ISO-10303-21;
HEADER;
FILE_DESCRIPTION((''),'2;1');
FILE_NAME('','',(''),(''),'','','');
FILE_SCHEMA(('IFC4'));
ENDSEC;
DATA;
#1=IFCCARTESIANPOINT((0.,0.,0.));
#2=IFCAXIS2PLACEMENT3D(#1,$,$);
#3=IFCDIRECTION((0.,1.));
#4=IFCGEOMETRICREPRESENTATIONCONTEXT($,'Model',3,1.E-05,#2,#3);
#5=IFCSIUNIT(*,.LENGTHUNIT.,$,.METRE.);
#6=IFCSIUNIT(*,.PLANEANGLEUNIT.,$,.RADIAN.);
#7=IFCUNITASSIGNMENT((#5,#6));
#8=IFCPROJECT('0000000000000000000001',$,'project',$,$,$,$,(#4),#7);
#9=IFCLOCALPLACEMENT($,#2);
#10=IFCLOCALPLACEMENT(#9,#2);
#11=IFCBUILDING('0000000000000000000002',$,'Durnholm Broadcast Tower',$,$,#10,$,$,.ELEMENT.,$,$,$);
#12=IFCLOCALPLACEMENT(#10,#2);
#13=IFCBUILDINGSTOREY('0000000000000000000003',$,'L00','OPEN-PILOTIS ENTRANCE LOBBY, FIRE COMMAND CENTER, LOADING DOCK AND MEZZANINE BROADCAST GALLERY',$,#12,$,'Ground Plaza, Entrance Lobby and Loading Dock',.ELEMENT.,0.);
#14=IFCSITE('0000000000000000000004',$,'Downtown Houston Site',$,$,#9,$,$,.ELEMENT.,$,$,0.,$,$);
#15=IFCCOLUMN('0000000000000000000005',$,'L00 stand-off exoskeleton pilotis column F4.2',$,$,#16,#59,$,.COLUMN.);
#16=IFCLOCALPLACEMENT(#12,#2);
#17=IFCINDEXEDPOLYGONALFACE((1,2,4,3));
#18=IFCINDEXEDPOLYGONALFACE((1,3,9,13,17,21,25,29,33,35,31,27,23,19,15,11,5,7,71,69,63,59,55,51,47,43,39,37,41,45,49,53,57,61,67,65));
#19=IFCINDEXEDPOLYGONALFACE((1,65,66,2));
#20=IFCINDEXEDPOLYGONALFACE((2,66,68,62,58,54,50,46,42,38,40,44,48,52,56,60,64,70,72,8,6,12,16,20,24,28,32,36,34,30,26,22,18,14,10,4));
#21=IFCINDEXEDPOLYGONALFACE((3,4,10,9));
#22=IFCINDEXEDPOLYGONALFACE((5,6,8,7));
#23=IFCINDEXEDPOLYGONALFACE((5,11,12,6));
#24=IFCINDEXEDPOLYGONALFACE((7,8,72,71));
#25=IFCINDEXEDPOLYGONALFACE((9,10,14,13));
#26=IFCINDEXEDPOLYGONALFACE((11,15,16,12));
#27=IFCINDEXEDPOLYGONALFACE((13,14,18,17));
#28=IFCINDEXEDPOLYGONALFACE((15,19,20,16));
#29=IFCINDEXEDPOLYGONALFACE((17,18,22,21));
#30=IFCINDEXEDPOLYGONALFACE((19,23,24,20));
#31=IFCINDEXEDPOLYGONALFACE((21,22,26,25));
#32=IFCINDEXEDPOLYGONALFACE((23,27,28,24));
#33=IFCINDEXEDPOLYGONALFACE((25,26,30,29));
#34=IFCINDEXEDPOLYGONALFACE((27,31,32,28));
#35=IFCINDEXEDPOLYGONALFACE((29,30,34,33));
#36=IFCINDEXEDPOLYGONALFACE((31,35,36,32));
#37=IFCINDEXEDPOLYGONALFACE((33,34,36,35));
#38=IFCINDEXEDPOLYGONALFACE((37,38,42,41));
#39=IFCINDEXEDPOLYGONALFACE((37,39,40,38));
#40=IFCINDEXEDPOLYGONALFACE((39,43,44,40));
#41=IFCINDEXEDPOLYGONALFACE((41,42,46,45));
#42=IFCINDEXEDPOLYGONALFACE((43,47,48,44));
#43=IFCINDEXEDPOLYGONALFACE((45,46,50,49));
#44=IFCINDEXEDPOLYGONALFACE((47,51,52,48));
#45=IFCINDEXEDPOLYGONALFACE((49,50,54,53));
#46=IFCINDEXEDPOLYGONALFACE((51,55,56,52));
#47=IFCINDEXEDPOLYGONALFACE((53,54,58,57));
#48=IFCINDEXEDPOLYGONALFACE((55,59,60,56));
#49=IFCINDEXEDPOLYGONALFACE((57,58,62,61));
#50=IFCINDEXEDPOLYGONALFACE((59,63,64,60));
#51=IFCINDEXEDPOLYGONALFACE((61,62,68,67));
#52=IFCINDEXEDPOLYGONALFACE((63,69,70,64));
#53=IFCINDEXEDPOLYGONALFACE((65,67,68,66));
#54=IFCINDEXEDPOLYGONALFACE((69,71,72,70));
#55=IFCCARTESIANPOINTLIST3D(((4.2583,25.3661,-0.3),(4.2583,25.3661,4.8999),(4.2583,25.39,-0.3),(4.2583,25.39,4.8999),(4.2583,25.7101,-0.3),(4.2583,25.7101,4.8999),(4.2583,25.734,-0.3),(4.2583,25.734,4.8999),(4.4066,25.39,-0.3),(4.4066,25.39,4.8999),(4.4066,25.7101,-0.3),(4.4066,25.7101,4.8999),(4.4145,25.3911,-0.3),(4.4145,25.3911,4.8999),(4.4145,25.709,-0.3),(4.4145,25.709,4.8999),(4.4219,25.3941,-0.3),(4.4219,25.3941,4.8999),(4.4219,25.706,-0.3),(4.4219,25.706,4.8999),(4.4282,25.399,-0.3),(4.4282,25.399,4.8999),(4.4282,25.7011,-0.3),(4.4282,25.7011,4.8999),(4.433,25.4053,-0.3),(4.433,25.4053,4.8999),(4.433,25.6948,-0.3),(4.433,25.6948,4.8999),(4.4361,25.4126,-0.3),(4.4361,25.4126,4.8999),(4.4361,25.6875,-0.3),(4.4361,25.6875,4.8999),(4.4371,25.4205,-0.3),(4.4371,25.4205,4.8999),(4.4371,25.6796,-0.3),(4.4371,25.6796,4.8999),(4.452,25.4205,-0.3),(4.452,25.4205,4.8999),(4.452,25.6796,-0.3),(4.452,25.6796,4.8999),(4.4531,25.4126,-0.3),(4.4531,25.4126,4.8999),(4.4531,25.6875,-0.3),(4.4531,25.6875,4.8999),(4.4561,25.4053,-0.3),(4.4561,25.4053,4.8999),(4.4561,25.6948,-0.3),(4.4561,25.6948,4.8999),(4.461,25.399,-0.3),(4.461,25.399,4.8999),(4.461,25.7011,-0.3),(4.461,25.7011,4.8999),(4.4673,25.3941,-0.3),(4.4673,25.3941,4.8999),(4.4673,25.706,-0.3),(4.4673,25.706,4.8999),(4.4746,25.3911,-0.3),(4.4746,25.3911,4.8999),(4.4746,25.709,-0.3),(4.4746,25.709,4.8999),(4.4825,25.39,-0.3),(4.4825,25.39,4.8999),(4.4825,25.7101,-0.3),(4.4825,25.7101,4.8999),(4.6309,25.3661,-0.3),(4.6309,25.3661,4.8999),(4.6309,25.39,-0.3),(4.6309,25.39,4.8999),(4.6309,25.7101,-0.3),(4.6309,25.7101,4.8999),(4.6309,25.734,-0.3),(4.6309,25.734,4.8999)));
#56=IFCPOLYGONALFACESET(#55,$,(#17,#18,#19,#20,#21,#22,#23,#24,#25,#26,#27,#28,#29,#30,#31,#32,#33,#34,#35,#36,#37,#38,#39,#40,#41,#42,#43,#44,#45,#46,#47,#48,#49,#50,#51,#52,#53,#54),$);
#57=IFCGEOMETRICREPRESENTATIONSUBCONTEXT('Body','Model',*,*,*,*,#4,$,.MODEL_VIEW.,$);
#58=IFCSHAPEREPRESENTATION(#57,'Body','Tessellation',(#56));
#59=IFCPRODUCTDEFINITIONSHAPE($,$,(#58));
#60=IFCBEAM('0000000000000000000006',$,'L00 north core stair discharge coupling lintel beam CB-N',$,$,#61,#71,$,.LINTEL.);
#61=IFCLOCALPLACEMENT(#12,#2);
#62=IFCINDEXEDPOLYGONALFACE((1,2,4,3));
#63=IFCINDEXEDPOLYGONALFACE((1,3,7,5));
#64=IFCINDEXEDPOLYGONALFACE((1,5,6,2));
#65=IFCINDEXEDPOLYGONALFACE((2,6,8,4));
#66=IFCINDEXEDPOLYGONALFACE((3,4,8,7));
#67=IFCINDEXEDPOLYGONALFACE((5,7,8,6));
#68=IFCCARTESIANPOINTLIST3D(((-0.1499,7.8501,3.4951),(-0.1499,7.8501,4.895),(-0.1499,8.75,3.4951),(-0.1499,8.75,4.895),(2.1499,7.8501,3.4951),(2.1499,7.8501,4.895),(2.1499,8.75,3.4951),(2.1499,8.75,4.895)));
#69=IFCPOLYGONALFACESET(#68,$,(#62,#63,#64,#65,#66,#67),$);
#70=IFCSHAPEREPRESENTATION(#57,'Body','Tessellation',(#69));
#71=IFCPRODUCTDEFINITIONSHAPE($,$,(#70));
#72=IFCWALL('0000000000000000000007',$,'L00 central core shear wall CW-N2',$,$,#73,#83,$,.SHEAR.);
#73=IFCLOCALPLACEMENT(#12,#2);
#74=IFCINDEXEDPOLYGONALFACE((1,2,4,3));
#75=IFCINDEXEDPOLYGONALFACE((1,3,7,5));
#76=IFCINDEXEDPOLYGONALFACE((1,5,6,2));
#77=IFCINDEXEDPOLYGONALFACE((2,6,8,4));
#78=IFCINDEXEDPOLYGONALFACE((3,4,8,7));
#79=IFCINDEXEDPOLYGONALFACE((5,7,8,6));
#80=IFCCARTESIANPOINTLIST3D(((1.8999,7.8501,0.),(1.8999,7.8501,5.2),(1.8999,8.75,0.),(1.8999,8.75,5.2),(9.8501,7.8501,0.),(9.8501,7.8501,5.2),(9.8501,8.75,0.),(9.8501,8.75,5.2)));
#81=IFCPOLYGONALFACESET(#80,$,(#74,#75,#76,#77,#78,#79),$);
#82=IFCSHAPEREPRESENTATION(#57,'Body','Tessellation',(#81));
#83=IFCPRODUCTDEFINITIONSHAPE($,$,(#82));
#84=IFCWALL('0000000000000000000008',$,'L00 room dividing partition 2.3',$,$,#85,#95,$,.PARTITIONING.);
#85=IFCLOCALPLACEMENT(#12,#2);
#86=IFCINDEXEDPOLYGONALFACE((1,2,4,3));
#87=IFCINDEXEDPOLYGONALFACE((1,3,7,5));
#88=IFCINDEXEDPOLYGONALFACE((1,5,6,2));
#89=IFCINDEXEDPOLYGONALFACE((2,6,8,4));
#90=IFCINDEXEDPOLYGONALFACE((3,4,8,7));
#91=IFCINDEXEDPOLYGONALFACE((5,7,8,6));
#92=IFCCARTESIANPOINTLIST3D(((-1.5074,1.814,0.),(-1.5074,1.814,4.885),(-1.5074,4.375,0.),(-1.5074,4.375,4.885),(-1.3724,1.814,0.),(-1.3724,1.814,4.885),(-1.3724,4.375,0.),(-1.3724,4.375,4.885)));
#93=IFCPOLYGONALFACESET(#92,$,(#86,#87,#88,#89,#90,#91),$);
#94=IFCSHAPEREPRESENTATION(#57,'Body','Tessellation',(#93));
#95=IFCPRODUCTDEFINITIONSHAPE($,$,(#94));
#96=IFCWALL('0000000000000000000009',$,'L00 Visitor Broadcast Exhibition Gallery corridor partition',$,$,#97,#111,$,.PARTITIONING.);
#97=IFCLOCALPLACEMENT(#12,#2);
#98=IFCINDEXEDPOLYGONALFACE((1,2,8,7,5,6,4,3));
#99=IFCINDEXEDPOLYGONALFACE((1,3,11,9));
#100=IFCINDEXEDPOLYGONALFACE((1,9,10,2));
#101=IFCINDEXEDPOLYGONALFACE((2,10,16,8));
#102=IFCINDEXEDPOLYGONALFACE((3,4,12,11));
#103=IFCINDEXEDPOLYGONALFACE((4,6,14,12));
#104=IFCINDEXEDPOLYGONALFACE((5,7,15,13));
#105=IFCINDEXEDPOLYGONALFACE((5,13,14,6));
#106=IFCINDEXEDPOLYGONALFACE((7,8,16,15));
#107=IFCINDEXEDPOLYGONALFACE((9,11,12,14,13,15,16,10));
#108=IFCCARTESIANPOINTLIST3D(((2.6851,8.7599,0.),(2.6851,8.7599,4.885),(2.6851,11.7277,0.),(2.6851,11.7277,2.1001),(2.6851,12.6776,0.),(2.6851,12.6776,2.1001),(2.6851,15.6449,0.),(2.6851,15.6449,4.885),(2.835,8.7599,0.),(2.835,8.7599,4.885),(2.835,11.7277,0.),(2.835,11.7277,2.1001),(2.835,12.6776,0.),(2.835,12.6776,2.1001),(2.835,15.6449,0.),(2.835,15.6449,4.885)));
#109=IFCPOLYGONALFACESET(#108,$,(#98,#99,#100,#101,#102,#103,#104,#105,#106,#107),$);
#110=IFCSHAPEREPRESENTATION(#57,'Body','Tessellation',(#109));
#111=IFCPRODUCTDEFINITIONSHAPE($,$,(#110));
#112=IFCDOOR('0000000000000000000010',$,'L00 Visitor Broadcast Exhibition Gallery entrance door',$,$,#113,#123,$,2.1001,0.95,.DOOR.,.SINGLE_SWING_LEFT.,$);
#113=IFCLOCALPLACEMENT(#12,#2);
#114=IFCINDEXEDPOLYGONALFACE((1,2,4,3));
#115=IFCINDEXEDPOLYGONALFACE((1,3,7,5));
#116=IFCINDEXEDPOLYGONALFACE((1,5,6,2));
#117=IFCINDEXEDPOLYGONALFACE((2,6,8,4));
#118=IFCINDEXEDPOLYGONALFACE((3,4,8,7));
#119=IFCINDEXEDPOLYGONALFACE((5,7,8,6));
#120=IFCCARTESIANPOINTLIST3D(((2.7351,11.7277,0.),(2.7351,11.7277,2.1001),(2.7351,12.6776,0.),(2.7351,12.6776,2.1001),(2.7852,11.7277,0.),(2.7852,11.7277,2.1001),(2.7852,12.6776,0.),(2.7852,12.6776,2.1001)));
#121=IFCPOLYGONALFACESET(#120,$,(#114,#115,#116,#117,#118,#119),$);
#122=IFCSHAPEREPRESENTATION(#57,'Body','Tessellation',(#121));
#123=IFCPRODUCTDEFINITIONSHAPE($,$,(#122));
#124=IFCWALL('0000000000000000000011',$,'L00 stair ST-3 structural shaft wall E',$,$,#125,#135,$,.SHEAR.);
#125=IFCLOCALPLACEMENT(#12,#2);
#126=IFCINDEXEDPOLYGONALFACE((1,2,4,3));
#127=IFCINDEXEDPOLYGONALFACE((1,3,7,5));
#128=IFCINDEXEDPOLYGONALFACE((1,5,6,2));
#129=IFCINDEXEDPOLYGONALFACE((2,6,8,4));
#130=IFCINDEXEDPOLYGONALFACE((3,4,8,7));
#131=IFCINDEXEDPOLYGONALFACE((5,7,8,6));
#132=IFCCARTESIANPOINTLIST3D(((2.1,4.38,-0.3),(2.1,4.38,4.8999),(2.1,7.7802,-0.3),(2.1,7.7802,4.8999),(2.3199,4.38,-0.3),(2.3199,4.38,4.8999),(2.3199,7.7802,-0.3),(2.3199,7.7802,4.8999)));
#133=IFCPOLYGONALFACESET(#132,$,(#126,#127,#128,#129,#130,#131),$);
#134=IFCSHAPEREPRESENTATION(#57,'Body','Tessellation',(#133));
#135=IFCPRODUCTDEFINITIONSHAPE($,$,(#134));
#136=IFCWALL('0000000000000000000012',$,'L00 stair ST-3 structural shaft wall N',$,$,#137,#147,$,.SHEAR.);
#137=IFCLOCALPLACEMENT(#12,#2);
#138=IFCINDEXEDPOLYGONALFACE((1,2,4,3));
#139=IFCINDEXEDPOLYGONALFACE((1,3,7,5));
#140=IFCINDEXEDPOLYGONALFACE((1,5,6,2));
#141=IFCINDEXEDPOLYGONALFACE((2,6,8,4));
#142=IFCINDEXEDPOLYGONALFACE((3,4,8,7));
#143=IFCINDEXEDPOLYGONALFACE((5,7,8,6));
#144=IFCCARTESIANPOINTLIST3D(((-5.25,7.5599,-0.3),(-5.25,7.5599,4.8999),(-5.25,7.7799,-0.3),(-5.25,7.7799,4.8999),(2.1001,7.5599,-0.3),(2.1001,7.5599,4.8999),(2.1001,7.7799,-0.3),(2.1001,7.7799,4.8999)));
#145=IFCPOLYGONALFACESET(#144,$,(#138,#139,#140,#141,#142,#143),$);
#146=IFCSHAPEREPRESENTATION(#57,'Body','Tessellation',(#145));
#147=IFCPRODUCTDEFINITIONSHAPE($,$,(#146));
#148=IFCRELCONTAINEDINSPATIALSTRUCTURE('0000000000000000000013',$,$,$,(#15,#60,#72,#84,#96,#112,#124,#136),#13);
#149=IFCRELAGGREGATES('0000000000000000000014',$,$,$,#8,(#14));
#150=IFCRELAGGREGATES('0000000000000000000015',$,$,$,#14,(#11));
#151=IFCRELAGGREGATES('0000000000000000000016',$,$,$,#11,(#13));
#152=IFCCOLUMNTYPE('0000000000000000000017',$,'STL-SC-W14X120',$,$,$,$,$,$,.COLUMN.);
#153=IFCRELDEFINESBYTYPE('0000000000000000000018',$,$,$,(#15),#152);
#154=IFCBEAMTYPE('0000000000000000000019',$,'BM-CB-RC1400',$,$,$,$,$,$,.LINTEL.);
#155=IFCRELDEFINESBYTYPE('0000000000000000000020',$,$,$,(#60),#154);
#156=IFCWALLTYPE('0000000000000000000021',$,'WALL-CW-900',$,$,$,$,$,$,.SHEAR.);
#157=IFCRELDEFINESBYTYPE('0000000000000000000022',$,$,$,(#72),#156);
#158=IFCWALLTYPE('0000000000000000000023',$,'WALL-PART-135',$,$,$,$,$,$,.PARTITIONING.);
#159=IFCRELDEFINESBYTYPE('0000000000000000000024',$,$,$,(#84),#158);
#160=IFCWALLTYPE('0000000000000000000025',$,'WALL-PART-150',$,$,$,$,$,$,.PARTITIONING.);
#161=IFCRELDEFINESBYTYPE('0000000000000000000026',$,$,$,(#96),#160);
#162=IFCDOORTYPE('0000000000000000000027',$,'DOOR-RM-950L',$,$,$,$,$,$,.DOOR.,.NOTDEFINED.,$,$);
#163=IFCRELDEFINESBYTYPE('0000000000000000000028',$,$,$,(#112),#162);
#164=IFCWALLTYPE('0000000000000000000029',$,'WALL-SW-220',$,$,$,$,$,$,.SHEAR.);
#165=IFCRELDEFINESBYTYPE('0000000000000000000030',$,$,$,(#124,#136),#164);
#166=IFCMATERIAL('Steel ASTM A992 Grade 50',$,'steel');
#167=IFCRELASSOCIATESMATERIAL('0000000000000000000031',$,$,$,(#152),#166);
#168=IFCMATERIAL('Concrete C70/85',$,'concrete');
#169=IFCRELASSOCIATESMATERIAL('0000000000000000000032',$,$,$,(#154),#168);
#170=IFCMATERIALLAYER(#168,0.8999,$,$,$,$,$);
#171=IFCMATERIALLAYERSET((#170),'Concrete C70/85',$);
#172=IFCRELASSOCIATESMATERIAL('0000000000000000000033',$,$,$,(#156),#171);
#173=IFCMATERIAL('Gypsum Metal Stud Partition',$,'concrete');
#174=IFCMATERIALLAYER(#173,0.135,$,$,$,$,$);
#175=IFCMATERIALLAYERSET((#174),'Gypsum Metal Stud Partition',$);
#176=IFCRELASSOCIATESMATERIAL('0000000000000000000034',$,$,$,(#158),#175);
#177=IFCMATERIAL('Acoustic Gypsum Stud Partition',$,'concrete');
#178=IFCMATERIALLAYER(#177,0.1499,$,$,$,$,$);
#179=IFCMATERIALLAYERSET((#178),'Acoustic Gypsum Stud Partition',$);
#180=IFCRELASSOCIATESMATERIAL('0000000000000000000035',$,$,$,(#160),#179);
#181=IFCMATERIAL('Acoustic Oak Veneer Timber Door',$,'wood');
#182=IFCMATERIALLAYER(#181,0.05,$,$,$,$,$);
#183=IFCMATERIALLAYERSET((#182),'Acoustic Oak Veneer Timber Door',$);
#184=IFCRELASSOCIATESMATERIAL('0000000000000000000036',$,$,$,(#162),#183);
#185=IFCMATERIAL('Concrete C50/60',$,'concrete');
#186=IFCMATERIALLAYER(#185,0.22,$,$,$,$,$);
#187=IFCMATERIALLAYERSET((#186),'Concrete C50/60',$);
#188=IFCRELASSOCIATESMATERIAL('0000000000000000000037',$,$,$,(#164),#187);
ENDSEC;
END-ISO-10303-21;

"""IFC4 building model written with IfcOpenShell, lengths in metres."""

from ifc_helpers import new_model, si_unit, direction, frame, frame_2d, origin, origin_2d, place, context, subcontext, project, spatial, rectangle, i_section, extrude, source, transform, mapped, material, layer, layer_set, material_profile, profile_set, type_object, type_shapes, element, fill, save


model = new_model("IFC4")

# Units and contexts
model_context = context("Model", 3, precision=1e-05, world=origin(), true_north=direction((0.0, 1.0)))
body_context = subcontext(model_context, "Body", "Model", "MODEL_VIEW")
ifc_project = project(units=[si_unit("LENGTHUNIT", "METRE"), si_unit("PLANEANGLEUNIT", "RADIAN")], contexts=[model_context])

# Site, building, storey
site_placement = place(None, origin())
site = spatial("IfcSite", under=ifc_project, at=site_placement, Name="Downtown Houston Site", CompositionType="ELEMENT", RefElevation=0.0)
building_placement = place(site_placement, origin())
building = spatial("IfcBuilding", under=site, at=building_placement, Name="Durnholm Broadcast Tower", CompositionType="ELEMENT")
storey_placement = place(building_placement, origin())
storey = spatial("IfcBuildingStorey", under=building, at=storey_placement, Name="L00", Description="OPEN-PILOTIS ENTRANCE LOBBY, FIRE COMMAND CENTER, LOADING DOCK AND MEZZANINE BROADCAST GALLERY", LongName="Ground Plaza, Entrance Lobby and Loading Dock", CompositionType="ELEMENT", Elevation=0.0)

# Column
ifc_material_1 = material(Name="Steel ASTM A992 Grade 50", Category="steel")
ifc_material_profile_1 = material_profile(ifc_material_1, i_section(OverallWidth=0.3726, OverallDepth=0.3679, WebThickness=0.0149, FlangeThickness=0.0239, FilletRadius=0.0305, at=origin_2d()), Name="W14X120")
ifc_profile_set_1 = profile_set([ifc_material_profile_1], Name="Steel ASTM A992 Grade 50")
column_type = type_object("IfcColumnType", Name="STL-SC-W14X120", PredefinedType="COLUMN", material=ifc_profile_set_1)
shared_shape_1 = source(origin(), body_context, "Body", "SweptSolid", [
    extrude(i_section(OverallWidth=0.3726, OverallDepth=0.3679, WebThickness=0.0149, FlangeThickness=0.0239, FilletRadius=0.0305, at=origin_2d()), origin(), (0.0, 0.0, 1.0), 5.2),
])
type_shapes(column_type, [shared_shape_1])
column_placement = place(storey_placement, frame((4.4446, 25.55, -0.3), z_axis=(0.0, 0.0, 1.0), x_axis=(1.0, 0.0, 0.0)))
element("IfcColumn", 1, at=column_placement, inside=storey, type_object=column_type, Name="L00 stand-off exoskeleton pilotis column F4.2", PredefinedType="COLUMN", context=body_context, shape_type="MappedRepresentation", body=[
    mapped(shared_shape_1, transform((0.0, 0.0, 0.0), x_axis=(1.0, 0.0, 0.0), y_axis=(0.0, 1.0, 0.0), z_axis=(0.0, 0.0, 1.0), scale=1.0)),
])

# Beam
ifc_material_2 = material(Name="Concrete C70/85", Category="concrete")
ifc_material_profile_2 = material_profile(ifc_material_2, rectangle(XDim=0.8999, YDim=1.3999, at=origin_2d()), Name="RC900X1400")
ifc_profile_set_2 = profile_set([ifc_material_profile_2], Name="Concrete C70/85")
beam_type = type_object("IfcBeamType", Name="BM-CB-RC1400", PredefinedType="LINTEL", material=ifc_profile_set_2)
shared_shape_2 = source(origin(), body_context, "Body", "SweptSolid", [
    extrude(rectangle(XDim=0.8999, YDim=1.3999, at=origin_2d()), origin(), (0.0, 0.0, 1.0), 2.2998),
])
type_shapes(beam_type, [shared_shape_2])
beam_placement = place(storey_placement, frame((-0.1499, 8.3, 4.1951), z_axis=(1.0, 0.0, 0.0), x_axis=(0.0, 1.0, 0.0)))
element("IfcBeam", 2, at=beam_placement, inside=storey, type_object=beam_type, Name="L00 north core stair discharge coupling lintel beam CB-N", PredefinedType="LINTEL", context=body_context, shape_type="MappedRepresentation", body=[
    mapped(shared_shape_2, transform((0.0, 0.0, 0.0), x_axis=(1.0, 0.0, 0.0), y_axis=(0.0, 1.0, 0.0), z_axis=(0.0, 0.0, 1.0), scale=1.0)),
])

# Walls
ifc_layer_1 = layer(ifc_material_2, 0.8999)
ifc_layer_set_1 = layer_set([ifc_layer_1], Name="Concrete C70/85")
wall_type_1 = type_object("IfcWallType", Name="WALL-CW-900", PredefinedType="SHEAR", material=ifc_layer_set_1)
wall_1_placement = place(storey_placement, frame((1.8999, 8.3, 0.0), z_axis=(0.0, 0.0, 1.0), x_axis=(1.0, 0.0, 0.0)))
element("IfcWall", 3, at=wall_1_placement, inside=storey, type_object=wall_type_1, Name="L00 central core shear wall CW-N2", PredefinedType="SHEAR", context=body_context, shape_type="SweptSolid", body=[
    extrude(rectangle(XDim=7.9502, YDim=0.8999, at=frame_2d((3.9751, 0.0))), origin(), (0.0, 0.0, 1.0), 5.2),
])
ifc_material_3 = material(Name="Gypsum Metal Stud Partition", Category="concrete")
ifc_layer_2 = layer(ifc_material_3, 0.135)
ifc_layer_set_2 = layer_set([ifc_layer_2], Name="Gypsum Metal Stud Partition")
wall_type_2 = type_object("IfcWallType", Name="WALL-PART-135", PredefinedType="PARTITIONING", material=ifc_layer_set_2)
wall_2_placement = place(storey_placement, frame((-1.4399, 4.375, 0.0), z_axis=(0.0, 0.0, 1.0), x_axis=(0.0, -1.0, 0.0)))
element("IfcWall", 4, at=wall_2_placement, inside=storey, type_object=wall_type_2, Name="L00 room dividing partition 2.3", PredefinedType="PARTITIONING", context=body_context, shape_type="SweptSolid", body=[
    extrude(rectangle(XDim=2.561, YDim=0.135, at=frame_2d((1.2805, 0.0))), origin(), (0.0, 0.0, 1.0), 4.885),
])

# Wall, opening, door
ifc_material_4 = material(Name="Acoustic Gypsum Stud Partition", Category="concrete")
ifc_layer_3 = layer(ifc_material_4, 0.1499)
ifc_layer_set_3 = layer_set([ifc_layer_3], Name="Acoustic Gypsum Stud Partition")
wall_type_3 = type_object("IfcWallType", Name="WALL-PART-150", PredefinedType="PARTITIONING", material=ifc_layer_set_3)
wall_3_placement = place(storey_placement, frame((2.76, 8.76, 0.0), z_axis=(0.0, 0.0, 1.0), x_axis=(0.0, 1.0, 0.0)))
wall_3 = element("IfcWall", 5, at=wall_3_placement, inside=storey, type_object=wall_type_3, Name="L00 Visitor Broadcast Exhibition Gallery corridor partition", PredefinedType="PARTITIONING", context=body_context, shape_type="SweptSolid", body=[
    extrude(rectangle(XDim=6.885, YDim=0.1499, at=frame_2d((3.4424, 0.0))), origin(), (0.0, 0.0, 1.0), 4.885),
])
opening_1_placement = place(wall_3_placement, frame((2.9675, 0.0, 0.0)))
opening_1 = element("IfcOpeningElement", 6, at=opening_1_placement, cuts=wall_3, PredefinedType="OPENING", context=body_context, shape_type="SweptSolid", body=[
    extrude(rectangle(XDim=0.95, YDim=2.1001, at=frame_2d((0.4751, 1.05))), frame((0.0, 0.085, 0.0), z_axis=(0.0, -1.0, 0.0), x_axis=(1.0, 0.0, 0.0)), (0.0, 0.0, 1.0), 0.1699),
])
ifc_material_5 = material(Name="Acoustic Oak Veneer Timber Door", Category="wood")
ifc_layer_4 = layer(ifc_material_5, 0.05)
ifc_layer_set_4 = layer_set([ifc_layer_4], Name="Acoustic Oak Veneer Timber Door")
door_type_1 = type_object("IfcDoorType", Name="DOOR-RM-950L", OperationType="NOTDEFINED", PredefinedType="DOOR", material=ifc_layer_set_4)
shared_shape_3 = source(origin(), body_context, "Body", "SweptSolid", [
    extrude(rectangle(XDim=0.95, YDim=2.1001, at=frame_2d((0.4751, 1.05))), frame((0.0, 0.0249, 0.0), z_axis=(0.0, -1.0, 0.0), x_axis=(1.0, 0.0, 0.0)), (0.0, 0.0, 1.0), 0.05),
])
type_shapes(door_type_1, [shared_shape_3])
door_1_placement = place(opening_1_placement, origin())
door_1 = element("IfcDoor", 7, at=door_1_placement, inside=storey, type_object=door_type_1, Name="L00 Visitor Broadcast Exhibition Gallery entrance door", OperationType="SINGLE_SWING_LEFT", OverallHeight=2.1001, OverallWidth=0.95, PredefinedType="DOOR", context=body_context, shape_type="MappedRepresentation", body=[
    mapped(shared_shape_3, transform((0.0, 0.0, 0.0), x_axis=(1.0, 0.0, 0.0), y_axis=(0.0, 1.0, 0.0), z_axis=(0.0, 0.0, 1.0), scale=1.0)),
])
fill(opening_1, door_1)

# Walls
ifc_material_6 = material(Name="Concrete C50/60", Category="concrete")
ifc_layer_5 = layer(ifc_material_6, 0.22)
ifc_layer_set_5 = layer_set([ifc_layer_5], Name="Concrete C50/60")
wall_type_4 = type_object("IfcWallType", Name="WALL-SW-220", PredefinedType="SHEAR", material=ifc_layer_set_5)
wall_4_placement = place(storey_placement, frame((2.21, 4.3799, -0.3), z_axis=(0.0, 0.0, 1.0), x_axis=(0.0, 1.0, 0.0)))
element("IfcWall", 8, at=wall_4_placement, inside=storey, type_object=wall_type_4, Name="L00 stair ST-3 structural shaft wall E", PredefinedType="SHEAR", context=body_context, shape_type="SweptSolid", body=[
    extrude(rectangle(XDim=3.4001, YDim=0.22, at=frame_2d((1.7002, 0.0))), origin(), (0.0, 0.0, 1.0), 5.2),
])
wall_5_placement = place(storey_placement, frame((2.1001, 7.6699, -0.3), z_axis=(0.0, 0.0, 1.0), x_axis=(-1.0, 0.0, 0.0)))
element("IfcWall", 9, at=wall_5_placement, inside=storey, type_object=wall_type_4, Name="L00 stair ST-3 structural shaft wall N", PredefinedType="SHEAR", context=body_context, shape_type="SweptSolid", body=[
    extrude(rectangle(XDim=7.3501, YDim=0.22, at=frame_2d((3.675, 0.0))), origin(), (0.0, 0.0, 1.0), 5.2),
])

save(model, "model.ifc")
